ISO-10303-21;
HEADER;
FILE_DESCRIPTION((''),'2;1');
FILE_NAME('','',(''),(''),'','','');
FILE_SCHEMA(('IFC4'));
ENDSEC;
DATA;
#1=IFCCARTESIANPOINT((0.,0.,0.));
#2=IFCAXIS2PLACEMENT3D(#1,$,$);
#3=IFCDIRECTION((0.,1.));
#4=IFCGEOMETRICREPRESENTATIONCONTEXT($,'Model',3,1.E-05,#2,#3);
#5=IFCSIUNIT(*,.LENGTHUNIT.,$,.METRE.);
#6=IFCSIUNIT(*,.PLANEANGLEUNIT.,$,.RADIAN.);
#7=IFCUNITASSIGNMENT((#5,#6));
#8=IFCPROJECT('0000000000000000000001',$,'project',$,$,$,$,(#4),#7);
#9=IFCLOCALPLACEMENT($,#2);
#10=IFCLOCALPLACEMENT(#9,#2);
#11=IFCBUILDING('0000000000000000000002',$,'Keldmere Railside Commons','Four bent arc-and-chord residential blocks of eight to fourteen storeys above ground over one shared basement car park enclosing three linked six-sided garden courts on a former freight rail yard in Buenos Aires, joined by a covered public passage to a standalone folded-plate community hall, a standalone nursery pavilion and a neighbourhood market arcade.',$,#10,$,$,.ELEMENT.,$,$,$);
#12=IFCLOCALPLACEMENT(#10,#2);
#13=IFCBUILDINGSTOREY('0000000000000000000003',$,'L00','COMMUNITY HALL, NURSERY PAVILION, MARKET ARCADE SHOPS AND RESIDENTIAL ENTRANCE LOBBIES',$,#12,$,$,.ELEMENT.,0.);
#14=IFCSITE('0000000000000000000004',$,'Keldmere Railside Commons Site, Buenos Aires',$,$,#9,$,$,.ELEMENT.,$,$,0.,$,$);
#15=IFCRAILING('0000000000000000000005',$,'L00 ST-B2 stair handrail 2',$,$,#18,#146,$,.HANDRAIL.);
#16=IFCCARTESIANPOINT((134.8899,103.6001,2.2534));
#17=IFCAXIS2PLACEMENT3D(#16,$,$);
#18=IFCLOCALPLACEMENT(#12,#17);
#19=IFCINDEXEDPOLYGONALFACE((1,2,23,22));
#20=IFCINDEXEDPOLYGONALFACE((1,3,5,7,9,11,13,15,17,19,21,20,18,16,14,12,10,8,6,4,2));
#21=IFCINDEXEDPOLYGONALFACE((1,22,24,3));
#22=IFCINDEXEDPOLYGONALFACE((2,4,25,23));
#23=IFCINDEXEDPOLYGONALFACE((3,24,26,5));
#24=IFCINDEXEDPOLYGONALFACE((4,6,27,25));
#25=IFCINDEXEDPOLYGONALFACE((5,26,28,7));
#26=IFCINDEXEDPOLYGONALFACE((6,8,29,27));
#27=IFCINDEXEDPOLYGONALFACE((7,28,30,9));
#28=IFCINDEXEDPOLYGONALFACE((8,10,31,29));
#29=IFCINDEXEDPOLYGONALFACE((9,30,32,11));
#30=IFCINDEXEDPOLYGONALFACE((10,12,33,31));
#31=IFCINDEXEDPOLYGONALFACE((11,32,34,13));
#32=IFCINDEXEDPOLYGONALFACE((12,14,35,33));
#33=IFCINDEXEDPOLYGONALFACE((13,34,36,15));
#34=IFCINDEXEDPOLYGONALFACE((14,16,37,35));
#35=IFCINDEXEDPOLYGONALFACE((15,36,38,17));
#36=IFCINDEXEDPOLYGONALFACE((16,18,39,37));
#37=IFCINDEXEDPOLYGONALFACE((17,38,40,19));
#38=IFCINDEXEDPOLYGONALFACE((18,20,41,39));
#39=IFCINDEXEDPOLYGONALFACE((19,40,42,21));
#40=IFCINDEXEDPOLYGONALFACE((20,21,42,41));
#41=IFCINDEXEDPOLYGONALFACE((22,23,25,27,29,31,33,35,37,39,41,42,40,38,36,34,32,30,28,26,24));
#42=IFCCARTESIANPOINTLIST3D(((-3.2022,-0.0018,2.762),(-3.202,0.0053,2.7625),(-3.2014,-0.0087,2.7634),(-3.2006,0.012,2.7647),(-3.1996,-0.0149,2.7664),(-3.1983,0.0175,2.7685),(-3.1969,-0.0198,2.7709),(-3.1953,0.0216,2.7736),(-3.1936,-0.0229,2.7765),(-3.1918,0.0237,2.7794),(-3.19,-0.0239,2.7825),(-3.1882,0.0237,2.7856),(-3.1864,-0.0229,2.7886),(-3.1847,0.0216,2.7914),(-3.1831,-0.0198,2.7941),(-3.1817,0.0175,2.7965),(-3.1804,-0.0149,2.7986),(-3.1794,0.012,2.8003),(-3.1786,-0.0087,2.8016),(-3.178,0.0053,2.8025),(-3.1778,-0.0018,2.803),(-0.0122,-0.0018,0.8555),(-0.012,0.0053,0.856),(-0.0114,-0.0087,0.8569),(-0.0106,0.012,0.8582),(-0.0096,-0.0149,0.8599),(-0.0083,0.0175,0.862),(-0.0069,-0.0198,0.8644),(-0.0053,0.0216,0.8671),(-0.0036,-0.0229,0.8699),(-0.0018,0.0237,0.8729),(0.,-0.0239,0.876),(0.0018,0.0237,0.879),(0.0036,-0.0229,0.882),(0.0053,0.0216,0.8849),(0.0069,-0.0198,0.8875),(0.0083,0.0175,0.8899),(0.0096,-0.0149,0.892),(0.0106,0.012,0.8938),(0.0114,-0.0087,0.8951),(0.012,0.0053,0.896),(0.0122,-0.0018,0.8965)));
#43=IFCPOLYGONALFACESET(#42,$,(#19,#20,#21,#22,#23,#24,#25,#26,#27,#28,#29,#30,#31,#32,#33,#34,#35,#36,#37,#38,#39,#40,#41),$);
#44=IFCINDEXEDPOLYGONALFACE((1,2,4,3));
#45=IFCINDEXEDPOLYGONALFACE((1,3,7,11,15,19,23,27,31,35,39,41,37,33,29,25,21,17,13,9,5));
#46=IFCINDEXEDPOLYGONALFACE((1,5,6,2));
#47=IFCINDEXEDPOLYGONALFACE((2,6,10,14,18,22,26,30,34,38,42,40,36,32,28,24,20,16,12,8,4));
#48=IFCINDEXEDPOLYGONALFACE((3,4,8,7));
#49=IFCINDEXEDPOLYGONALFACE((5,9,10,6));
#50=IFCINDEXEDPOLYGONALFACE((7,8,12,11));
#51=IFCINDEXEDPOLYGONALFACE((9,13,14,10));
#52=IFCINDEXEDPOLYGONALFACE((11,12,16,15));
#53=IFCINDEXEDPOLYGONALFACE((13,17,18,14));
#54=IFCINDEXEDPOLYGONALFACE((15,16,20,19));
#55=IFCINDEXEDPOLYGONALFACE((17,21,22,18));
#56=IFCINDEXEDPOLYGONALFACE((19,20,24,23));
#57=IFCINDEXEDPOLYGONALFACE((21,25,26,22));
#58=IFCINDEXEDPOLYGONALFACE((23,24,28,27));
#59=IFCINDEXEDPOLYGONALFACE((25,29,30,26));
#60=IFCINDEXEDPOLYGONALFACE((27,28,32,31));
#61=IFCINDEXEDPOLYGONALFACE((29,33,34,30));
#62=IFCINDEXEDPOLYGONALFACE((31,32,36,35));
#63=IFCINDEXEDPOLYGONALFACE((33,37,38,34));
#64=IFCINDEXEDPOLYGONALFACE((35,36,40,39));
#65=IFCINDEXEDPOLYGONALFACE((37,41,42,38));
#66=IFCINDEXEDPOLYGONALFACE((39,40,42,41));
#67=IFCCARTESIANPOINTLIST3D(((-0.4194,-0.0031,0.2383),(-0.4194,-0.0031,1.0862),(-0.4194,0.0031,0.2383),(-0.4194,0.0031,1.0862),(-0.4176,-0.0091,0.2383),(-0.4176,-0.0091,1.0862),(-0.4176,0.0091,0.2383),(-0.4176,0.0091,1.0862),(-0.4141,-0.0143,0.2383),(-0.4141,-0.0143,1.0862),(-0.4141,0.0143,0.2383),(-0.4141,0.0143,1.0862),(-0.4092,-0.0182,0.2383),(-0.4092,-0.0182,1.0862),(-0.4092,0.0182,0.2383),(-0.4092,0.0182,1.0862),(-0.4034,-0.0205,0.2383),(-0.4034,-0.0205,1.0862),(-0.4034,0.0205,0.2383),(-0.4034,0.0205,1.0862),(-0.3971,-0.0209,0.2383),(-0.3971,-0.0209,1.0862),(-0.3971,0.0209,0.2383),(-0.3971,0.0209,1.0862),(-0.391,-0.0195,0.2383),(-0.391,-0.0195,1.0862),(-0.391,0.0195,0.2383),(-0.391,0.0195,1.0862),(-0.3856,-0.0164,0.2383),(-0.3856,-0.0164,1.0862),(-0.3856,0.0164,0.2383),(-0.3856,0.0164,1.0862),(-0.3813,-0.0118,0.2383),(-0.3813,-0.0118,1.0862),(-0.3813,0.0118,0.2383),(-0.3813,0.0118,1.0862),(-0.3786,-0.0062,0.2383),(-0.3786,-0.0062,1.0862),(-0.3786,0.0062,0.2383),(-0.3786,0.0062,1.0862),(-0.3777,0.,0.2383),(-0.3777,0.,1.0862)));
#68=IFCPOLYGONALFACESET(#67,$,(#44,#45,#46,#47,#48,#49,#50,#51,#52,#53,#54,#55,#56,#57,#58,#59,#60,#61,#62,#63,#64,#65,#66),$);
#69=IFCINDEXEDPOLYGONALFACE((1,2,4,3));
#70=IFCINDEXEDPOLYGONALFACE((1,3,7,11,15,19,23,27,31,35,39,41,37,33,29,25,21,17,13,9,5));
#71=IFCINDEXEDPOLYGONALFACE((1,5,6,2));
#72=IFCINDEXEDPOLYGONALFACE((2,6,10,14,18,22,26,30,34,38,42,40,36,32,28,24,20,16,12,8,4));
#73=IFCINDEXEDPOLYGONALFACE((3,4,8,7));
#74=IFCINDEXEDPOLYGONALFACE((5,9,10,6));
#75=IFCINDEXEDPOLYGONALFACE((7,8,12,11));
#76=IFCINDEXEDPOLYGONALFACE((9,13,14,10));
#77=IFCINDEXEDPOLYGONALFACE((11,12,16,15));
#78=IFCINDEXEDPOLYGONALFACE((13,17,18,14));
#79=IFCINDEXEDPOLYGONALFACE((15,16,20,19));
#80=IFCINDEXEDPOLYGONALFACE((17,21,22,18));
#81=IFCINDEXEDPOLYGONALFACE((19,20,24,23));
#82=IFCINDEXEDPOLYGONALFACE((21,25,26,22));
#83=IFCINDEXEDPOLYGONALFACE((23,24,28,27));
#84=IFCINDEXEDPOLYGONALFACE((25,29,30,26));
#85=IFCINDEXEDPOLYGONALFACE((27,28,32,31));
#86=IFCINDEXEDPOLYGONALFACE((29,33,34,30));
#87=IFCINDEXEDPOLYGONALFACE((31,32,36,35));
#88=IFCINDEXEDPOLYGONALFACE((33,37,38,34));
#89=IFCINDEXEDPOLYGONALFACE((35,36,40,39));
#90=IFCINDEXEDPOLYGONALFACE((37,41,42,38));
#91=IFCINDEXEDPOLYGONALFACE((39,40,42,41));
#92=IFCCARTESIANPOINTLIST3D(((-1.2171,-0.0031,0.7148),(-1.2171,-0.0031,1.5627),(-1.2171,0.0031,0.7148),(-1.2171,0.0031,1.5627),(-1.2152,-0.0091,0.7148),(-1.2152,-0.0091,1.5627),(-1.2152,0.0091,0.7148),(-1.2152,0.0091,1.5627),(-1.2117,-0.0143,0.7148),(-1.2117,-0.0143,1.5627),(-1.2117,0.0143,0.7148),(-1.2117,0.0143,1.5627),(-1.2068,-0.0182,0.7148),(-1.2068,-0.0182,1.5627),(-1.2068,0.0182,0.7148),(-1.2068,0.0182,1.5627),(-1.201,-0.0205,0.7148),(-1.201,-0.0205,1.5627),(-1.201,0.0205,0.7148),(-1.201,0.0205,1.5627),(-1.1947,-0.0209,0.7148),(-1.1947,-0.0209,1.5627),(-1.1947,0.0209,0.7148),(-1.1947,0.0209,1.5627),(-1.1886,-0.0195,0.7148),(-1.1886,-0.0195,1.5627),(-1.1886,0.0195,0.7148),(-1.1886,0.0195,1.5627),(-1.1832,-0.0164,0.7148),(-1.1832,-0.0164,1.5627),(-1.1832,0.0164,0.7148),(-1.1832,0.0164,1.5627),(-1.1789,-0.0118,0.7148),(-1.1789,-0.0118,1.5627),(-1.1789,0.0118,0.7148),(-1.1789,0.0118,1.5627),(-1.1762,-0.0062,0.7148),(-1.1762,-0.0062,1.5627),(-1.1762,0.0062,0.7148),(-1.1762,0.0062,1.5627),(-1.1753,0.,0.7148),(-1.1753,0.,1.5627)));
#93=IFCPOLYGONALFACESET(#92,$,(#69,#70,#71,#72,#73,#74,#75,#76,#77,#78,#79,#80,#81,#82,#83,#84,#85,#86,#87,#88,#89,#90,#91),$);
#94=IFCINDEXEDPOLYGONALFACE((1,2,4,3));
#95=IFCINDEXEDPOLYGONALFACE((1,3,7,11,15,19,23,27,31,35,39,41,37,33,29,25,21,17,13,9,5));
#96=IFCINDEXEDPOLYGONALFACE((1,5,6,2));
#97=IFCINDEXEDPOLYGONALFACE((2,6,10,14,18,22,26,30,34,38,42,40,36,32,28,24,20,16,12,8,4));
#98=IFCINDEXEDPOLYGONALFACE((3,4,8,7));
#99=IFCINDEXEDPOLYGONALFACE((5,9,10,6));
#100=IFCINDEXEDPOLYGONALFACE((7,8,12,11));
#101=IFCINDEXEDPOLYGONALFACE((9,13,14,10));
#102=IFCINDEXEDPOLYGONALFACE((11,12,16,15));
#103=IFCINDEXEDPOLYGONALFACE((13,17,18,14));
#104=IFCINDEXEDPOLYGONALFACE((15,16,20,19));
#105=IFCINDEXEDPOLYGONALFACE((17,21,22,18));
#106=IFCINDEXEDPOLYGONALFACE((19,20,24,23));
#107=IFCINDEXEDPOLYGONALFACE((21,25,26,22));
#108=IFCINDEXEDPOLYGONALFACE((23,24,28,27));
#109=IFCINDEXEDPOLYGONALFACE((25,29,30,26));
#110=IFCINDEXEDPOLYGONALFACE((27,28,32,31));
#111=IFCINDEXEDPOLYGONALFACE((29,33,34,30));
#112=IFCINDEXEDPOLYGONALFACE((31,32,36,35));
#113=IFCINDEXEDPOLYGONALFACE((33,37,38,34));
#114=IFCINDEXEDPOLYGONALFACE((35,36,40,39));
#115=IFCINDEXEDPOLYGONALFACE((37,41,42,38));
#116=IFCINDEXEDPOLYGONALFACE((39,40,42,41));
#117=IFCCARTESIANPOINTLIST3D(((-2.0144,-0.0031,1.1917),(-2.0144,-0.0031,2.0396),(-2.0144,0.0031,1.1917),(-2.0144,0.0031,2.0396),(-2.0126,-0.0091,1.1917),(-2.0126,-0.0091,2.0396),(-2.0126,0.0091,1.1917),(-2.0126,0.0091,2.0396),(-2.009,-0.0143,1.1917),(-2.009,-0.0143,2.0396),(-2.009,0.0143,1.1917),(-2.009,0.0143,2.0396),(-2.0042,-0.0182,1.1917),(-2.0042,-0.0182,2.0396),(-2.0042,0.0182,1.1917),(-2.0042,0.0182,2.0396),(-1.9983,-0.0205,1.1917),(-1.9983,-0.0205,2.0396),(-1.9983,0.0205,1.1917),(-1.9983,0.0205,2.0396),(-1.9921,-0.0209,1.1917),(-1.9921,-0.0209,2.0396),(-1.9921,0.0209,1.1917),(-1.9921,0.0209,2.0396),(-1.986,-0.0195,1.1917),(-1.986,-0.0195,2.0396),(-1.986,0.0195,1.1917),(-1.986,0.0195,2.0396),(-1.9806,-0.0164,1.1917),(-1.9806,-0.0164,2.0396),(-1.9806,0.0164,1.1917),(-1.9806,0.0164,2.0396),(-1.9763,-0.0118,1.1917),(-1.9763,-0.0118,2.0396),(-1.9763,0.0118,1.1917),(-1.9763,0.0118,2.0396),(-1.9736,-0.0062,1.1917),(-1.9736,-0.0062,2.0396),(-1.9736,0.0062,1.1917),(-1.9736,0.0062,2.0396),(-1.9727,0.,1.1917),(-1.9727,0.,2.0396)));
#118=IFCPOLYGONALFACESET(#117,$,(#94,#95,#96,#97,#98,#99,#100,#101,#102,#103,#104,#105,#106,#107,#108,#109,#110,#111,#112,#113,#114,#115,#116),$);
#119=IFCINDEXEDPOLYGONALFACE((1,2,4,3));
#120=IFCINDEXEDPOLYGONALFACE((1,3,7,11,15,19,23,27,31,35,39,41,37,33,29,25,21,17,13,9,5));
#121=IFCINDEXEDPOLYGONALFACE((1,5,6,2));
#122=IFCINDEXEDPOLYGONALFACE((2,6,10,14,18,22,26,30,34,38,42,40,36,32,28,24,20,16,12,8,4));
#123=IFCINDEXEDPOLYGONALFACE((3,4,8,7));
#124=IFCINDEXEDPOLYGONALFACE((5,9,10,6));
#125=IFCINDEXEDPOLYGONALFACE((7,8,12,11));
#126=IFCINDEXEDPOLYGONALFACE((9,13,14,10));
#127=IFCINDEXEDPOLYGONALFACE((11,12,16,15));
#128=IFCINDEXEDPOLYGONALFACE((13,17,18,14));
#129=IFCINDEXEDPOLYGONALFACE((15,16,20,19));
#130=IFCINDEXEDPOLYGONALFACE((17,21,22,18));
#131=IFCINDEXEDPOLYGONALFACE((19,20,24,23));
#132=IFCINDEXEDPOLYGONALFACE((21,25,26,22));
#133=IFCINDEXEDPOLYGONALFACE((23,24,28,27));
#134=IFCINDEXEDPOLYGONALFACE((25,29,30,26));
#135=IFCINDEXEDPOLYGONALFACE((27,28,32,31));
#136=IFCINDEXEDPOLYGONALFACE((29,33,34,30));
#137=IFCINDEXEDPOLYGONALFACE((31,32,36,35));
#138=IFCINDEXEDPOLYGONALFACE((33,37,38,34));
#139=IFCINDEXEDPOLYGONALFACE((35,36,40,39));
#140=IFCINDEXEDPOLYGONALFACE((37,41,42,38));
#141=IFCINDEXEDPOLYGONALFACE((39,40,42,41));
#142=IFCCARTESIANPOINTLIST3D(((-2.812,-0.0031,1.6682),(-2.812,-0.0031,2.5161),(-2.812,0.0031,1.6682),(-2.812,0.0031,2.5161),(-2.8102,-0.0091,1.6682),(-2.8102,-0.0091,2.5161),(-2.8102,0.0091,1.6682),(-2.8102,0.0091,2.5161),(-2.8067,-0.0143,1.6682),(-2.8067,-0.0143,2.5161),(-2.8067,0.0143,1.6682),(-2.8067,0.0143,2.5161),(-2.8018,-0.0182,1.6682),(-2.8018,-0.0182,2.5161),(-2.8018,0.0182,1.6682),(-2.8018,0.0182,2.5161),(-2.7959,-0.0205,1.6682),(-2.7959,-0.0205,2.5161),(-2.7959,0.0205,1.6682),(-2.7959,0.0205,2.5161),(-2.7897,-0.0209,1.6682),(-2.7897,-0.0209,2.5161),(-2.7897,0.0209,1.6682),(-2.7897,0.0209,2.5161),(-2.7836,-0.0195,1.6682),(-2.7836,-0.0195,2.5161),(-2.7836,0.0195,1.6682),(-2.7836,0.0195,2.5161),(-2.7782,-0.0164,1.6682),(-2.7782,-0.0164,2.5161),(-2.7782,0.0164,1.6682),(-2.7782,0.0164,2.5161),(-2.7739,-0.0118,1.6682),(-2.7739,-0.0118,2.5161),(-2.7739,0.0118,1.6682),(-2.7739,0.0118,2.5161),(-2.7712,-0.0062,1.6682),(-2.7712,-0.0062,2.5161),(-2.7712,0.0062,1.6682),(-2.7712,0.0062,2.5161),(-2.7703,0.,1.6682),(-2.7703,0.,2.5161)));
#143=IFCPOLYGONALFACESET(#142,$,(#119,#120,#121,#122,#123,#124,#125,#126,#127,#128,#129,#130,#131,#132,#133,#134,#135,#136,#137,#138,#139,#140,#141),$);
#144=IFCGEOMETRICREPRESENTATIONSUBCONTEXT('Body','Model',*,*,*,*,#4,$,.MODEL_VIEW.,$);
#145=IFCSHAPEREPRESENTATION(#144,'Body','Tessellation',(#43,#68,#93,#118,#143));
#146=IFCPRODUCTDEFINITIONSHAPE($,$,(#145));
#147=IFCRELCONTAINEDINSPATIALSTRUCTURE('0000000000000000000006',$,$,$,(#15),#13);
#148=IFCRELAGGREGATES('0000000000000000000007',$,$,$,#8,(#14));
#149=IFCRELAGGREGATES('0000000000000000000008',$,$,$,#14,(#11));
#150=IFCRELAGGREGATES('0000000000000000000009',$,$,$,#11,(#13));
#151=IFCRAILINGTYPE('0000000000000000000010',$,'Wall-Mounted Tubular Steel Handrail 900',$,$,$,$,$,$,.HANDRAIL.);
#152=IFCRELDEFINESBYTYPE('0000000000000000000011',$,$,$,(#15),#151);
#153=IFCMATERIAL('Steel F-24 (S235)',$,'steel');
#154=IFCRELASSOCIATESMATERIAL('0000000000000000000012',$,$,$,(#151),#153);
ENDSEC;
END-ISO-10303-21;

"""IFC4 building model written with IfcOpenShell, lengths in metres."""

from ifc_helpers import new_model, si_unit, direction, frame, origin, origin_2d, place, context, subcontext, project, spatial, circle, extrude, material, type_object, element, save


model = new_model("IFC4")

# Units and contexts
model_context = context("Model", 3, precision=1e-05, world=origin(), true_north=direction((0.0, 1.0)))
body_context = subcontext(model_context, "Body", "Model", "MODEL_VIEW")
ifc_project = project(units=[si_unit("LENGTHUNIT", "METRE"), si_unit("PLANEANGLEUNIT", "RADIAN")], contexts=[model_context])

# Site, building, storey
site_placement = place(None, origin())
site = spatial("IfcSite", under=ifc_project, at=site_placement, Name="Keldmere Railside Commons Site, Buenos Aires", CompositionType="ELEMENT", RefElevation=0.0)
building_placement = place(site_placement, origin())
building = spatial("IfcBuilding", under=site, at=building_placement, Name="Keldmere Railside Commons", Description="Four bent arc-and-chord residential blocks of eight to fourteen storeys above ground over one shared basement car park enclosing three linked six-sided garden courts on a former freight rail yard in Buenos Aires, joined by a covered public passage to a standalone folded-plate community hall, a standalone nursery pavilion and a neighbourhood market arcade.", CompositionType="ELEMENT")
storey_placement = place(building_placement, origin())
storey = spatial("IfcBuildingStorey", under=building, at=storey_placement, Name="L00", Description="COMMUNITY HALL, NURSERY PAVILION, MARKET ARCADE SHOPS AND RESIDENTIAL ENTRANCE LOBBIES", CompositionType="ELEMENT", Elevation=0.0)

# Shared definitions
ifc_material_1 = material(Name="Steel F-24 (S235)", Category="steel")

# Railing
railing_type_1 = type_object("IfcRailingType", Name="Wall-Mounted Tubular Steel Handrail 900", PredefinedType="HANDRAIL", material=ifc_material_1)
railing_1_placement = place(storey_placement, frame((134.8899, 103.6001, 2.2534)))
element("IfcRailing", 1, at=railing_1_placement, inside=storey, type_object=railing_type_1, Name="L00 ST-B2 stair handrail 2", PredefinedType="HANDRAIL", context=body_context, shape_type="SweptSolid", body=[
    extrude(circle(Radius=0.0239, at=origin_2d()), frame((0.0, 0.0, 0.876), z_axis=(-0.858379, 0.0, 0.513017), x_axis=(0.0, -1.0, 0.0)), (0.0, 0.0, 1.0), 3.7163),
    extrude(circle(Radius=0.021, at=origin_2d()), frame((-0.3987, 0.0, 0.2383)), (0.0, 0.0, 1.0), 0.8479),
    extrude(circle(Radius=0.021, at=origin_2d()), frame((-1.1963, 0.0, 0.7148)), (0.0, 0.0, 1.0), 0.8479),
    extrude(circle(Radius=0.021, at=origin_2d()), frame((-1.9937, 0.0, 1.1917)), (0.0, 0.0, 1.0), 0.8479),
    extrude(circle(Radius=0.021, at=origin_2d()), frame((-2.7913, 0.0, 1.6682)), (0.0, 0.0, 1.0), 0.8479),
])

save(model, "model.ifc")
